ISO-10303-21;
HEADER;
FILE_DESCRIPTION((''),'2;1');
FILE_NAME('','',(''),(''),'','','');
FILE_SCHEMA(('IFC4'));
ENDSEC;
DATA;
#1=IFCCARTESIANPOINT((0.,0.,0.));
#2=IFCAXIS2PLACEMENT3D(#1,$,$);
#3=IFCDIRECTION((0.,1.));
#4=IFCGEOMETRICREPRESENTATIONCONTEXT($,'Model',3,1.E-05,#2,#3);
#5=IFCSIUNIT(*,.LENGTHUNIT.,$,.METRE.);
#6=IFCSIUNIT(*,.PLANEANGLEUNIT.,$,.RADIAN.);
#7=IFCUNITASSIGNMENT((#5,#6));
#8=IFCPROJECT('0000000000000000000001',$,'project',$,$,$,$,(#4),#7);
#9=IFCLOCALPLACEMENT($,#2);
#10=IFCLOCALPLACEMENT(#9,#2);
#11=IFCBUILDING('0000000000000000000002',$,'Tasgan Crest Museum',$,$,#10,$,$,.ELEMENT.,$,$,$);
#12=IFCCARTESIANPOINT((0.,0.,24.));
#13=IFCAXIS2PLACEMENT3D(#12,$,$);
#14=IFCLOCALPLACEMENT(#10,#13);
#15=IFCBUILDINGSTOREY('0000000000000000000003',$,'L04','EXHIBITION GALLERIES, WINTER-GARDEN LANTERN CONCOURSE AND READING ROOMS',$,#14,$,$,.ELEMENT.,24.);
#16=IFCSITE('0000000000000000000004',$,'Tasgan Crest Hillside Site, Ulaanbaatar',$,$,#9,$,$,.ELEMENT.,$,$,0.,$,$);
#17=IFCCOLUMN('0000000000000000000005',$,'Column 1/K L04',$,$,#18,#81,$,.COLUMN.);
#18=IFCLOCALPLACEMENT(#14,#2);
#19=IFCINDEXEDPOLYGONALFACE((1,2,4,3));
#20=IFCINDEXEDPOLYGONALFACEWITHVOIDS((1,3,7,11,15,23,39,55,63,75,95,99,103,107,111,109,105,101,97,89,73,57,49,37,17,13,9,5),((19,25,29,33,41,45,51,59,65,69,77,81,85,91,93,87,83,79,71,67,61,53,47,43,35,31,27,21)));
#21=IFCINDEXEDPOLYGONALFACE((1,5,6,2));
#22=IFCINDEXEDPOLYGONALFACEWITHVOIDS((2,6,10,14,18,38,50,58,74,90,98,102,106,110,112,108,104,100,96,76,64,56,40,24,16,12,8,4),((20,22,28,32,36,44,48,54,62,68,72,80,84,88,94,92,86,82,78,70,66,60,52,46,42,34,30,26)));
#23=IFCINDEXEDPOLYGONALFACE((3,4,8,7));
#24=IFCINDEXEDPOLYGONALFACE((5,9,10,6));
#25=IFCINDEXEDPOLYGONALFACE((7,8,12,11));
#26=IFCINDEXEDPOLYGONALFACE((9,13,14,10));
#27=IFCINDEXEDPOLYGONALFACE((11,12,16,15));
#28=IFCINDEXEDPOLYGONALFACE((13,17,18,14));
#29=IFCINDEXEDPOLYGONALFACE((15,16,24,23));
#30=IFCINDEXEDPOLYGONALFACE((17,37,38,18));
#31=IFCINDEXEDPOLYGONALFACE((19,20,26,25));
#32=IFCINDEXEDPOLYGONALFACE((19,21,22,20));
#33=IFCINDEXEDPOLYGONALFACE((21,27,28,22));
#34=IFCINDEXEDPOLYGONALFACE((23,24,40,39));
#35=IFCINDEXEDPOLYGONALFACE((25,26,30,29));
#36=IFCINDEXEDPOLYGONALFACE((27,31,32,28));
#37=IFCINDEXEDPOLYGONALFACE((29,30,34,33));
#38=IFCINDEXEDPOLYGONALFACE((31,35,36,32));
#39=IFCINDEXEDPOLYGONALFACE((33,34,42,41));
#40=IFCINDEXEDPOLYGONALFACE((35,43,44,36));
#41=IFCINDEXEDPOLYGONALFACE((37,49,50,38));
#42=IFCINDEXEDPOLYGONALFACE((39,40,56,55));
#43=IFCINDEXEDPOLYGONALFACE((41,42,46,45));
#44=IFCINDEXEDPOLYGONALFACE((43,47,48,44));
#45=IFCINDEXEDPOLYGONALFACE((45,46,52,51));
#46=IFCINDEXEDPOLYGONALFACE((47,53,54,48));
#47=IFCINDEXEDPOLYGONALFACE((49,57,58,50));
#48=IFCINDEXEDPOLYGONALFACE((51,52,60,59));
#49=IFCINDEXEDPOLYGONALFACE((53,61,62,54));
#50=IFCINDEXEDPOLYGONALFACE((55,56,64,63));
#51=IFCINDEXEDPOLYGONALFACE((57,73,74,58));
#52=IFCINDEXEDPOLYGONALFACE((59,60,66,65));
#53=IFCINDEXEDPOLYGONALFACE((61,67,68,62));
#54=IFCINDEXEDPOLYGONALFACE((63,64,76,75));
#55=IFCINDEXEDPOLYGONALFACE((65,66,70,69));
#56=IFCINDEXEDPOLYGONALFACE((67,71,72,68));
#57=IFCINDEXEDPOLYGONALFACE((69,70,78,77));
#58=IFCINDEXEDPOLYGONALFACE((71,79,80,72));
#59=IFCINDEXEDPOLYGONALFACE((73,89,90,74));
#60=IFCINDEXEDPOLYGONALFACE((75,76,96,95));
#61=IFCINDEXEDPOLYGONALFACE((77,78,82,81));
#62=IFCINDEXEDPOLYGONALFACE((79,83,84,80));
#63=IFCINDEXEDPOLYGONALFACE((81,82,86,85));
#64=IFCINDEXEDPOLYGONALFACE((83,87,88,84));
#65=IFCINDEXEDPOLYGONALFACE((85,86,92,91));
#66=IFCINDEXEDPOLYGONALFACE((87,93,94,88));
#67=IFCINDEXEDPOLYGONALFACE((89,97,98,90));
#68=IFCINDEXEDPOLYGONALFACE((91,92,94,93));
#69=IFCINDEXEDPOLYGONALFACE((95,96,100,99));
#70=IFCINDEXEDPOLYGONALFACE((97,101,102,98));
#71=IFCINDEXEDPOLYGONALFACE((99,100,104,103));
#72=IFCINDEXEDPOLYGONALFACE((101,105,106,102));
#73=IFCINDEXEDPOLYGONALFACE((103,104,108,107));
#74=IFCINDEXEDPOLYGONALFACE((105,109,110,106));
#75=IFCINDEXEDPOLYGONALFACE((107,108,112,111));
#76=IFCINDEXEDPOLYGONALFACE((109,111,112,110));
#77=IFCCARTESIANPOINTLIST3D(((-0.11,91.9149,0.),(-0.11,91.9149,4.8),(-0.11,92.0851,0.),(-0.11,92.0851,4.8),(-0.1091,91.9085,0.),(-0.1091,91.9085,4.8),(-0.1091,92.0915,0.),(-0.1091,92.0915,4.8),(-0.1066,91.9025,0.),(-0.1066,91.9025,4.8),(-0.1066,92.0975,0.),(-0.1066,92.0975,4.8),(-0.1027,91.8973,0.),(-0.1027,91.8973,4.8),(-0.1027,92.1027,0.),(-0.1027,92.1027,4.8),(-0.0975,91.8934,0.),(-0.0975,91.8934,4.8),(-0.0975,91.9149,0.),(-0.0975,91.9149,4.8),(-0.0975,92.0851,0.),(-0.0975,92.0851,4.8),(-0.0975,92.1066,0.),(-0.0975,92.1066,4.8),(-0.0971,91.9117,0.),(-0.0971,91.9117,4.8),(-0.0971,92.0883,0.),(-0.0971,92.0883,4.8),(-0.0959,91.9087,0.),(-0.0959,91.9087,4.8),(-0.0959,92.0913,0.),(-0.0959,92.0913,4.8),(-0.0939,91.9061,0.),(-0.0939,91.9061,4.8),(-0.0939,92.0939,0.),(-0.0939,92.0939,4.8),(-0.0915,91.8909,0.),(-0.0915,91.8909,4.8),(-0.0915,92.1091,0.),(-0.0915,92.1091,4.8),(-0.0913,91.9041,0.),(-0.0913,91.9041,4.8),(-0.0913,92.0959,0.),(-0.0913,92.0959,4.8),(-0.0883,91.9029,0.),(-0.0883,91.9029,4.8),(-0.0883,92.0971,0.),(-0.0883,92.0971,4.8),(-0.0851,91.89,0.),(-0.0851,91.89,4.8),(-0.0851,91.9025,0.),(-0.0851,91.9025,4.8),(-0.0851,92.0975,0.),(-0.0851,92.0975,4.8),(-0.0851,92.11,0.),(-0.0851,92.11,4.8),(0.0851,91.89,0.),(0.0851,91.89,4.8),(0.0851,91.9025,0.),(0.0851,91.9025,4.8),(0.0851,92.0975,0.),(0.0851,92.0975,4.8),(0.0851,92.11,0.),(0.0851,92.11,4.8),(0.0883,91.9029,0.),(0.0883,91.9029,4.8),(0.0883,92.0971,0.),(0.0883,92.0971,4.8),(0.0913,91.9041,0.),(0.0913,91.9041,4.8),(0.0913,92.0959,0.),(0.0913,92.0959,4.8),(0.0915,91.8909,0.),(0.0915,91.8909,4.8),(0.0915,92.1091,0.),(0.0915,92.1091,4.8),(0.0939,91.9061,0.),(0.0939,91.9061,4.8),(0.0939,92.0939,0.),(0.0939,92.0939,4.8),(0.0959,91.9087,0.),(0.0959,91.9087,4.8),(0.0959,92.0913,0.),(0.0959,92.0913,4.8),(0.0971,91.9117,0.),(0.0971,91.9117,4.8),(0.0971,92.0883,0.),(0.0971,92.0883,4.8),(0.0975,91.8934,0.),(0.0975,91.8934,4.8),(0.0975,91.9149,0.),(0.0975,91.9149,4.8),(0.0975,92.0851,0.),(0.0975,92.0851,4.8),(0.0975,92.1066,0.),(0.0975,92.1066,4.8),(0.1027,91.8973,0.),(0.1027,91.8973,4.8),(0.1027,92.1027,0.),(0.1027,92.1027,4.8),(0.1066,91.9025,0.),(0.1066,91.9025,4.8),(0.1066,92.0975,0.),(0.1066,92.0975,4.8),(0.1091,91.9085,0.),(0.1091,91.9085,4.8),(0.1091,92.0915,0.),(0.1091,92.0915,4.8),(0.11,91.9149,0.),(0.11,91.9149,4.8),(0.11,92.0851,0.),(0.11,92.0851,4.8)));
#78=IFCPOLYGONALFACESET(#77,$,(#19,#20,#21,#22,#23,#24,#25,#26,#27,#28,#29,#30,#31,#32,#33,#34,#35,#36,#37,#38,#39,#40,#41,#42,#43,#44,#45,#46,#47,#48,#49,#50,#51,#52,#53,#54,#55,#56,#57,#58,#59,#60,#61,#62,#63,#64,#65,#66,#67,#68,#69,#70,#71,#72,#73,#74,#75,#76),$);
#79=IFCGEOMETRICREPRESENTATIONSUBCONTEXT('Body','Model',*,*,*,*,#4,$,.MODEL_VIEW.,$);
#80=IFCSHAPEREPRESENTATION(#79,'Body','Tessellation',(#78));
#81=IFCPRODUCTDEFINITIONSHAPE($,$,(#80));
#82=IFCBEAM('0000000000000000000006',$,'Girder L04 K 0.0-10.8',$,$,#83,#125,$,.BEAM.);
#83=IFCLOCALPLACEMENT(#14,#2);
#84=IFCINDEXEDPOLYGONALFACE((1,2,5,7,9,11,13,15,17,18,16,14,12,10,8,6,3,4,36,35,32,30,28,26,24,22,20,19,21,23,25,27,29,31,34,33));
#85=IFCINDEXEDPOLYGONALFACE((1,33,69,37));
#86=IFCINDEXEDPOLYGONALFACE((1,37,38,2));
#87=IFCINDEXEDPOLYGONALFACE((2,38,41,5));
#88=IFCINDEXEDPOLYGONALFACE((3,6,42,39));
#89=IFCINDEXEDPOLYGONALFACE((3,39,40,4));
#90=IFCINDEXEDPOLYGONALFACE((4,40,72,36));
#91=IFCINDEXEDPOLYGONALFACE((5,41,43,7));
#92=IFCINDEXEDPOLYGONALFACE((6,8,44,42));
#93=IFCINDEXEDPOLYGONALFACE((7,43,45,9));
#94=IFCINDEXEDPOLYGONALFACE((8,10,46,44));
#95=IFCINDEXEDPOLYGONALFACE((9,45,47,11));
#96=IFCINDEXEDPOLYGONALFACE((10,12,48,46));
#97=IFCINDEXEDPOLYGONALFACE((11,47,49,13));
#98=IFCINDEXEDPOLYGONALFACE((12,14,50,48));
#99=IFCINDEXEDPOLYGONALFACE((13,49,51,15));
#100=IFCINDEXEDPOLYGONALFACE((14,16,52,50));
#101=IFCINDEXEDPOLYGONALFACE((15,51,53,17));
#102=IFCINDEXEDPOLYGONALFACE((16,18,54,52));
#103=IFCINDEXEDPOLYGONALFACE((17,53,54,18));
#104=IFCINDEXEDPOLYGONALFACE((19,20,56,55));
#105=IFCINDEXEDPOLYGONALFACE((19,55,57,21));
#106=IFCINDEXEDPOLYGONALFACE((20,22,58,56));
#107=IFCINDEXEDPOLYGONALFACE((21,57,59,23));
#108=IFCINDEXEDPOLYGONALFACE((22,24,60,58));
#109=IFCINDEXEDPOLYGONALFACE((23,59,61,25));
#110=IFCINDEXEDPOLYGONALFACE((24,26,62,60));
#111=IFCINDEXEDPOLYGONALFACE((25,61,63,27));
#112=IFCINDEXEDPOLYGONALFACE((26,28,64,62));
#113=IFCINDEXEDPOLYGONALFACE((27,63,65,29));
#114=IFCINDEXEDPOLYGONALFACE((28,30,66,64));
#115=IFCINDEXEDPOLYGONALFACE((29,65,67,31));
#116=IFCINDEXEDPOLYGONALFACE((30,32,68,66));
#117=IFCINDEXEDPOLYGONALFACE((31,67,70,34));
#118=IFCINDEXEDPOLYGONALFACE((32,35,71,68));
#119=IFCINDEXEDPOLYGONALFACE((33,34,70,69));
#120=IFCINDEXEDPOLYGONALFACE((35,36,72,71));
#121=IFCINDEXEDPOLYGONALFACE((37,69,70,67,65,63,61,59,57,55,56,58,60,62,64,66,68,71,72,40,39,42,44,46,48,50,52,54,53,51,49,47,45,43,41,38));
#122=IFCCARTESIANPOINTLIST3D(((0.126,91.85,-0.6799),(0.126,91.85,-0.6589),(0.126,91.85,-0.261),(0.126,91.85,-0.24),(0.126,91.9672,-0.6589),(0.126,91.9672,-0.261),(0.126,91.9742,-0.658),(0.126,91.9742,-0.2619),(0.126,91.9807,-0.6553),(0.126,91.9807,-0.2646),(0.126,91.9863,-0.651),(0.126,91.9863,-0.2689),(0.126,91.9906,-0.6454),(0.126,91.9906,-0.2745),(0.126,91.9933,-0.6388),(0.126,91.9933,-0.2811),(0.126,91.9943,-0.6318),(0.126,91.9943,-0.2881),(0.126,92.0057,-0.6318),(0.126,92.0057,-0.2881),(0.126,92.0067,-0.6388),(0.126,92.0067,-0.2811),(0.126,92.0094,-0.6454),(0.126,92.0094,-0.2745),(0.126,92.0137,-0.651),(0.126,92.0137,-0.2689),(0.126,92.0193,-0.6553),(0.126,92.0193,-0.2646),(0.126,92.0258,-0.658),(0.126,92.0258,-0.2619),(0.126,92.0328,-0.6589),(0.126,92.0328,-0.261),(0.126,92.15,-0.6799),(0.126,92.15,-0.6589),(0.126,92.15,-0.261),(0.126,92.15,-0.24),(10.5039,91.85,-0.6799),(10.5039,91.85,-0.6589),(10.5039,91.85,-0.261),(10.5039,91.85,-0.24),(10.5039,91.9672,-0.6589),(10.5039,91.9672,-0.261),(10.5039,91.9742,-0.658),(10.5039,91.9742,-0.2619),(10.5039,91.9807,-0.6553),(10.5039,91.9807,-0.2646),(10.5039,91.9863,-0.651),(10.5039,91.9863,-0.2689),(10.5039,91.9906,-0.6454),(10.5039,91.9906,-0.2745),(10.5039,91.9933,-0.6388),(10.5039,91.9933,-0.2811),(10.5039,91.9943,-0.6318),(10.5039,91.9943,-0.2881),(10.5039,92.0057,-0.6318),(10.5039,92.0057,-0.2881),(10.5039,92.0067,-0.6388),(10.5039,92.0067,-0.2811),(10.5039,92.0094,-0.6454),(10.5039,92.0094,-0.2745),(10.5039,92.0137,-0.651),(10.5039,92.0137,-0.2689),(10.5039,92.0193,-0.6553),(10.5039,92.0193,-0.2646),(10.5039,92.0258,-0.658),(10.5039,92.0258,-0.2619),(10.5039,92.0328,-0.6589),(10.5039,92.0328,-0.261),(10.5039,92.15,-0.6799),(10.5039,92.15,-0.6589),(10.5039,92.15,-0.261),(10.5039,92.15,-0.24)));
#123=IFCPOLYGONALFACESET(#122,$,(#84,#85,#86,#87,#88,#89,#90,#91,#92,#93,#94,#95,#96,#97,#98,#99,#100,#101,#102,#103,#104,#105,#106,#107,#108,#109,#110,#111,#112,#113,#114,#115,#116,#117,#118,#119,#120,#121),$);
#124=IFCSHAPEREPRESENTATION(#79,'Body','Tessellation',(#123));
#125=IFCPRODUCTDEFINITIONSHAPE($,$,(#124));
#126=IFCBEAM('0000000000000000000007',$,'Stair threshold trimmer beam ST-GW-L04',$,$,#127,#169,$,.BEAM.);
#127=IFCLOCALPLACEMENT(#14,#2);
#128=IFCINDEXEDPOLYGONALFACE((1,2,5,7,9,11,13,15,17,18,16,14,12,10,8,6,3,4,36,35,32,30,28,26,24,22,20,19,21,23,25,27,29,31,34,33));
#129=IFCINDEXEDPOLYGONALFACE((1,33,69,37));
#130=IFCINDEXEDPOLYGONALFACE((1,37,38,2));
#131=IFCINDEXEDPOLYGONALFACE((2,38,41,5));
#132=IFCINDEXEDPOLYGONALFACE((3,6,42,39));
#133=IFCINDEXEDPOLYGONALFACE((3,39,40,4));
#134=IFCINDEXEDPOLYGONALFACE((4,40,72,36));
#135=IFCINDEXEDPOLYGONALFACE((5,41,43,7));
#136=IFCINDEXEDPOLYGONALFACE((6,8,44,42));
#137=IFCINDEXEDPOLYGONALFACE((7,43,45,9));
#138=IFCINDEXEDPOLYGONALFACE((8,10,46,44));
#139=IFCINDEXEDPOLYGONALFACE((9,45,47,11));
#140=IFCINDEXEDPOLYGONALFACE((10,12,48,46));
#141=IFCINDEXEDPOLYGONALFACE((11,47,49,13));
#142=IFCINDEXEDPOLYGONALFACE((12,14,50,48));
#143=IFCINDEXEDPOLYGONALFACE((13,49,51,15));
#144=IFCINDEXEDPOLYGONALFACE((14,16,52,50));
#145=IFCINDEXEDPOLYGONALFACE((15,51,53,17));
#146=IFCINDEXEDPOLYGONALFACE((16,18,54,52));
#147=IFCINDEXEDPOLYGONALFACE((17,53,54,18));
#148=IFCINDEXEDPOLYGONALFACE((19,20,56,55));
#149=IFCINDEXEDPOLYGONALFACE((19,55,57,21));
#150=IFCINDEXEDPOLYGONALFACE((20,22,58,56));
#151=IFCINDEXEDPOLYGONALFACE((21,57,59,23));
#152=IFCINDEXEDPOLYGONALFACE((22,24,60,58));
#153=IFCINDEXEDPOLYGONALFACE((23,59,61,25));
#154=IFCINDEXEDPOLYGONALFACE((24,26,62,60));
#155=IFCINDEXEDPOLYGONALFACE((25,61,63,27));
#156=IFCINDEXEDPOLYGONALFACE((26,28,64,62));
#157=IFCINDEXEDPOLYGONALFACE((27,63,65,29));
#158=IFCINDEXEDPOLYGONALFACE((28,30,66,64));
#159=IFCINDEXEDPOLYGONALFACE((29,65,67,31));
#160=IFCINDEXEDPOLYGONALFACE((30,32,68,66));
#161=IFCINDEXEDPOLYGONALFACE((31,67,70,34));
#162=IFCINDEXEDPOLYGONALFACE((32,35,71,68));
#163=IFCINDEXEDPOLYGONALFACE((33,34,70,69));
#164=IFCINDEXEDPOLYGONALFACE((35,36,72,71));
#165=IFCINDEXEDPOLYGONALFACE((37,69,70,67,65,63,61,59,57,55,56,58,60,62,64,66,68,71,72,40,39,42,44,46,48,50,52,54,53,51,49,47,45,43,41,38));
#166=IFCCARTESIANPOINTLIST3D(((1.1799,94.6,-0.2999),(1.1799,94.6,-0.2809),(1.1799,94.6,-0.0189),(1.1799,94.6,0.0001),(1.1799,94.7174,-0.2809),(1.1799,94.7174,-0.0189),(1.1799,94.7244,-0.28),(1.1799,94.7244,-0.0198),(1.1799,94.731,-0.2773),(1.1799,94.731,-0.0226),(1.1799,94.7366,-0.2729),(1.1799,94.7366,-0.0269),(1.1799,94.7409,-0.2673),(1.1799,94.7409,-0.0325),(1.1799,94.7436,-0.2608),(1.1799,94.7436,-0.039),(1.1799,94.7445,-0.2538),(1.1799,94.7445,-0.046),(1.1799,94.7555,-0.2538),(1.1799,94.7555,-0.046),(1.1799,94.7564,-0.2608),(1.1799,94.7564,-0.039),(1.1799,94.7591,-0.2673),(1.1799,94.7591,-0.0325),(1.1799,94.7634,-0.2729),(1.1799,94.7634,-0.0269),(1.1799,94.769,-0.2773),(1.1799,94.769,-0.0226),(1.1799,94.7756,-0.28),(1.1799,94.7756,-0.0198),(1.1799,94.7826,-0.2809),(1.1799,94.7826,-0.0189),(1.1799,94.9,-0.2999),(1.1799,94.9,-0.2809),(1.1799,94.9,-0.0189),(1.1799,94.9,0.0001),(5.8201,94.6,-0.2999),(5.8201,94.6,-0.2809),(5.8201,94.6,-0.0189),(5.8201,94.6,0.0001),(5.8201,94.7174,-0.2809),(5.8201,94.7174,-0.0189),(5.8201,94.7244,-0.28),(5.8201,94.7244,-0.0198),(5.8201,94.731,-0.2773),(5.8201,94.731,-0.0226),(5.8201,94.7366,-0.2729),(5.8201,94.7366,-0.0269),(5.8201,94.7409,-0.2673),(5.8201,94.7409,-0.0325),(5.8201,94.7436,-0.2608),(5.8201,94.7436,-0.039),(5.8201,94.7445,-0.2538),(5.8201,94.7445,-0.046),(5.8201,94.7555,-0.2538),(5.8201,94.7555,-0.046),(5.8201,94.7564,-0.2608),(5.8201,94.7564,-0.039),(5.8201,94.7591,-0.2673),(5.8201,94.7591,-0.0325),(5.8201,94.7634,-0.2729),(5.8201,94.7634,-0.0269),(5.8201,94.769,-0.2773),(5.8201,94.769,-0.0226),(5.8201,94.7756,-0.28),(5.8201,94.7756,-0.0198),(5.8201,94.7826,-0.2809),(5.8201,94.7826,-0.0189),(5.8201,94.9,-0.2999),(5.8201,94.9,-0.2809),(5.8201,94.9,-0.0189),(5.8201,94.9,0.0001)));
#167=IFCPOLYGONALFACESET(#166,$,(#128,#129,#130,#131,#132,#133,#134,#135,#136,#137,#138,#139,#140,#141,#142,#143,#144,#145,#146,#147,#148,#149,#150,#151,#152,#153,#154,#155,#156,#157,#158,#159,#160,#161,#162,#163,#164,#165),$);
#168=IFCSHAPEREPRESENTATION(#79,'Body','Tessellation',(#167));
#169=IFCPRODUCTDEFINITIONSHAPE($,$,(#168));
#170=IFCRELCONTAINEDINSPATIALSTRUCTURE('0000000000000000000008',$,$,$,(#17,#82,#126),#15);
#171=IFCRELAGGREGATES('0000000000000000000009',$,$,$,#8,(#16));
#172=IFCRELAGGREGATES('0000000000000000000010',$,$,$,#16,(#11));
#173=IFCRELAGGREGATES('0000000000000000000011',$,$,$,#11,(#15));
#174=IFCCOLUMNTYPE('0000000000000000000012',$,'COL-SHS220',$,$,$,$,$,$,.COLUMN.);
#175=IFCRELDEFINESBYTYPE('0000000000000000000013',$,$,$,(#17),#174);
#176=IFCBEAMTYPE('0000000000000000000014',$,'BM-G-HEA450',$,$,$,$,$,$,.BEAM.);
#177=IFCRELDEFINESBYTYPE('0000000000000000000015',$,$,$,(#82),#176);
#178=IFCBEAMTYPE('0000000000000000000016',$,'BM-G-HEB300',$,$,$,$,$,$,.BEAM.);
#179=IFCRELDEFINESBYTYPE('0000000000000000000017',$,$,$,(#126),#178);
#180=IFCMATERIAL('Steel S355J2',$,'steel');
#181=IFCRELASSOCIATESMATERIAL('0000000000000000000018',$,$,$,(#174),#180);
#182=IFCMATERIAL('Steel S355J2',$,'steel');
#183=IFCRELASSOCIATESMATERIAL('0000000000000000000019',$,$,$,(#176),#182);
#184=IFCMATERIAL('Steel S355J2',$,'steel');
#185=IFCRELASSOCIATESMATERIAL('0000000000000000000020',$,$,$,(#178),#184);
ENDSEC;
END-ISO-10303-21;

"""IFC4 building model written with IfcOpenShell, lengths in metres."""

from ifc_helpers import new_model, si_unit, direction, frame, origin, origin_2d, place, context, subcontext, project, spatial, hollow_rectangle, i_section, extrude, material, material_profile, profile_set, type_object, element, save


model = new_model("IFC4")

# Units and contexts
model_context = context("Model", 3, precision=1e-05, world=origin(), true_north=direction((0.0, 1.0)))
body_context = subcontext(model_context, "Body", "Model", "MODEL_VIEW")
ifc_project = project(units=[si_unit("LENGTHUNIT", "METRE"), si_unit("PLANEANGLEUNIT", "RADIAN")], contexts=[model_context])

# Site, building, storey
site_placement = place(None, origin())
site = spatial("IfcSite", under=ifc_project, at=site_placement, Name="Tasgan Crest Hillside Site, Ulaanbaatar", CompositionType="ELEMENT", RefElevation=0.0)
building_placement = place(site_placement, origin())
building = spatial("IfcBuilding", under=site, at=building_placement, Name="Tasgan Crest Museum", CompositionType="ELEMENT")
storey_placement = place(building_placement, frame((0.0, 0.0, 24.0)))
storey = spatial("IfcBuildingStorey", under=building, at=storey_placement, Name="L04", Description="EXHIBITION GALLERIES, WINTER-GARDEN LANTERN CONCOURSE AND READING ROOMS", CompositionType="ELEMENT", Elevation=24.0)

# Column
ifc_material_1 = material(Name="Steel S355J2", Category="steel")
ifc_material_profile_1 = material_profile(ifc_material_1, hollow_rectangle(XDim=0.22, YDim=0.22, WallThickness=0.0125, InnerFilletRadius=0.0125, OuterFilletRadius=0.0249, at=origin_2d()), Name="SHS 220x220x12.5")
ifc_profile_set_1 = profile_set([ifc_material_profile_1], Name="Steel S355J2")
column_type = type_object("IfcColumnType", Name="COL-SHS220", PredefinedType="COLUMN", material=ifc_profile_set_1)
column_placement = place(storey_placement, frame((0.0, 92.0, 0.0), z_axis=(0.0, 0.0, 1.0), x_axis=(1.0, 0.0, 0.0)))
element("IfcColumn", 1, at=column_placement, inside=storey, type_object=column_type, Name="Column 1/K L04", PredefinedType="COLUMN", context=body_context, shape_type="SweptSolid", body=[
    extrude(hollow_rectangle(XDim=0.22, YDim=0.22, WallThickness=0.0125, InnerFilletRadius=0.0125, OuterFilletRadius=0.0249, at=origin_2d()), origin(), (0.0, 0.0, 1.0), 4.8),
])

# Beams
ifc_material_2 = material(Name="Steel S355J2", Category="steel")
ifc_material_profile_2 = material_profile(ifc_material_2, i_section(OverallWidth=0.3, OverallDepth=0.4399, WebThickness=0.0115, FlangeThickness=0.021, FilletRadius=0.0271, at=origin_2d()), Name="HEA 450")
ifc_profile_set_2 = profile_set([ifc_material_profile_2], Name="Steel S355J2")
beam_type_1 = type_object("IfcBeamType", Name="BM-G-HEA450", PredefinedType="BEAM", material=ifc_profile_set_2)
beam_1_placement = place(storey_placement, frame((0.126, 92.0, -0.46), z_axis=(1.0, 0.0, 0.0), x_axis=(0.0, 1.0, 0.0)))
element("IfcBeam", 2, at=beam_1_placement, inside=storey, type_object=beam_type_1, Name="Girder L04 K 0.0-10.8", PredefinedType="BEAM", context=body_context, shape_type="SweptSolid", body=[
    extrude(i_section(OverallWidth=0.3, OverallDepth=0.4399, WebThickness=0.0115, FlangeThickness=0.021, FilletRadius=0.0271, at=origin_2d()), origin(), (0.0, 0.0, 1.0), 10.3779),
])
ifc_material_3 = material(Name="Steel S355J2", Category="steel")
ifc_material_profile_3 = material_profile(ifc_material_3, i_section(OverallWidth=0.3, OverallDepth=0.3, WebThickness=0.011, FlangeThickness=0.019, FilletRadius=0.0271, at=origin_2d()), Name="HEB 300")
ifc_profile_set_3 = profile_set([ifc_material_profile_3], Name="Steel S355J2")
beam_type_2 = type_object("IfcBeamType", Name="BM-G-HEB300", PredefinedType="BEAM", material=ifc_profile_set_3)
beam_2_placement = place(storey_placement, frame((1.1799, 94.75, -0.1499), z_axis=(1.0, 0.0, 0.0), x_axis=(0.0, 1.0, 0.0)))
element("IfcBeam", 3, at=beam_2_placement, inside=storey, type_object=beam_type_2, Name="Stair threshold trimmer beam ST-GW-L04", PredefinedType="BEAM", context=body_context, shape_type="SweptSolid", body=[
    extrude(i_section(OverallWidth=0.3, OverallDepth=0.3, WebThickness=0.011, FlangeThickness=0.019, FilletRadius=0.0271, at=origin_2d()), origin(), (0.0, 0.0, 1.0), 4.6401),
])

save(model, "model.ifc")
